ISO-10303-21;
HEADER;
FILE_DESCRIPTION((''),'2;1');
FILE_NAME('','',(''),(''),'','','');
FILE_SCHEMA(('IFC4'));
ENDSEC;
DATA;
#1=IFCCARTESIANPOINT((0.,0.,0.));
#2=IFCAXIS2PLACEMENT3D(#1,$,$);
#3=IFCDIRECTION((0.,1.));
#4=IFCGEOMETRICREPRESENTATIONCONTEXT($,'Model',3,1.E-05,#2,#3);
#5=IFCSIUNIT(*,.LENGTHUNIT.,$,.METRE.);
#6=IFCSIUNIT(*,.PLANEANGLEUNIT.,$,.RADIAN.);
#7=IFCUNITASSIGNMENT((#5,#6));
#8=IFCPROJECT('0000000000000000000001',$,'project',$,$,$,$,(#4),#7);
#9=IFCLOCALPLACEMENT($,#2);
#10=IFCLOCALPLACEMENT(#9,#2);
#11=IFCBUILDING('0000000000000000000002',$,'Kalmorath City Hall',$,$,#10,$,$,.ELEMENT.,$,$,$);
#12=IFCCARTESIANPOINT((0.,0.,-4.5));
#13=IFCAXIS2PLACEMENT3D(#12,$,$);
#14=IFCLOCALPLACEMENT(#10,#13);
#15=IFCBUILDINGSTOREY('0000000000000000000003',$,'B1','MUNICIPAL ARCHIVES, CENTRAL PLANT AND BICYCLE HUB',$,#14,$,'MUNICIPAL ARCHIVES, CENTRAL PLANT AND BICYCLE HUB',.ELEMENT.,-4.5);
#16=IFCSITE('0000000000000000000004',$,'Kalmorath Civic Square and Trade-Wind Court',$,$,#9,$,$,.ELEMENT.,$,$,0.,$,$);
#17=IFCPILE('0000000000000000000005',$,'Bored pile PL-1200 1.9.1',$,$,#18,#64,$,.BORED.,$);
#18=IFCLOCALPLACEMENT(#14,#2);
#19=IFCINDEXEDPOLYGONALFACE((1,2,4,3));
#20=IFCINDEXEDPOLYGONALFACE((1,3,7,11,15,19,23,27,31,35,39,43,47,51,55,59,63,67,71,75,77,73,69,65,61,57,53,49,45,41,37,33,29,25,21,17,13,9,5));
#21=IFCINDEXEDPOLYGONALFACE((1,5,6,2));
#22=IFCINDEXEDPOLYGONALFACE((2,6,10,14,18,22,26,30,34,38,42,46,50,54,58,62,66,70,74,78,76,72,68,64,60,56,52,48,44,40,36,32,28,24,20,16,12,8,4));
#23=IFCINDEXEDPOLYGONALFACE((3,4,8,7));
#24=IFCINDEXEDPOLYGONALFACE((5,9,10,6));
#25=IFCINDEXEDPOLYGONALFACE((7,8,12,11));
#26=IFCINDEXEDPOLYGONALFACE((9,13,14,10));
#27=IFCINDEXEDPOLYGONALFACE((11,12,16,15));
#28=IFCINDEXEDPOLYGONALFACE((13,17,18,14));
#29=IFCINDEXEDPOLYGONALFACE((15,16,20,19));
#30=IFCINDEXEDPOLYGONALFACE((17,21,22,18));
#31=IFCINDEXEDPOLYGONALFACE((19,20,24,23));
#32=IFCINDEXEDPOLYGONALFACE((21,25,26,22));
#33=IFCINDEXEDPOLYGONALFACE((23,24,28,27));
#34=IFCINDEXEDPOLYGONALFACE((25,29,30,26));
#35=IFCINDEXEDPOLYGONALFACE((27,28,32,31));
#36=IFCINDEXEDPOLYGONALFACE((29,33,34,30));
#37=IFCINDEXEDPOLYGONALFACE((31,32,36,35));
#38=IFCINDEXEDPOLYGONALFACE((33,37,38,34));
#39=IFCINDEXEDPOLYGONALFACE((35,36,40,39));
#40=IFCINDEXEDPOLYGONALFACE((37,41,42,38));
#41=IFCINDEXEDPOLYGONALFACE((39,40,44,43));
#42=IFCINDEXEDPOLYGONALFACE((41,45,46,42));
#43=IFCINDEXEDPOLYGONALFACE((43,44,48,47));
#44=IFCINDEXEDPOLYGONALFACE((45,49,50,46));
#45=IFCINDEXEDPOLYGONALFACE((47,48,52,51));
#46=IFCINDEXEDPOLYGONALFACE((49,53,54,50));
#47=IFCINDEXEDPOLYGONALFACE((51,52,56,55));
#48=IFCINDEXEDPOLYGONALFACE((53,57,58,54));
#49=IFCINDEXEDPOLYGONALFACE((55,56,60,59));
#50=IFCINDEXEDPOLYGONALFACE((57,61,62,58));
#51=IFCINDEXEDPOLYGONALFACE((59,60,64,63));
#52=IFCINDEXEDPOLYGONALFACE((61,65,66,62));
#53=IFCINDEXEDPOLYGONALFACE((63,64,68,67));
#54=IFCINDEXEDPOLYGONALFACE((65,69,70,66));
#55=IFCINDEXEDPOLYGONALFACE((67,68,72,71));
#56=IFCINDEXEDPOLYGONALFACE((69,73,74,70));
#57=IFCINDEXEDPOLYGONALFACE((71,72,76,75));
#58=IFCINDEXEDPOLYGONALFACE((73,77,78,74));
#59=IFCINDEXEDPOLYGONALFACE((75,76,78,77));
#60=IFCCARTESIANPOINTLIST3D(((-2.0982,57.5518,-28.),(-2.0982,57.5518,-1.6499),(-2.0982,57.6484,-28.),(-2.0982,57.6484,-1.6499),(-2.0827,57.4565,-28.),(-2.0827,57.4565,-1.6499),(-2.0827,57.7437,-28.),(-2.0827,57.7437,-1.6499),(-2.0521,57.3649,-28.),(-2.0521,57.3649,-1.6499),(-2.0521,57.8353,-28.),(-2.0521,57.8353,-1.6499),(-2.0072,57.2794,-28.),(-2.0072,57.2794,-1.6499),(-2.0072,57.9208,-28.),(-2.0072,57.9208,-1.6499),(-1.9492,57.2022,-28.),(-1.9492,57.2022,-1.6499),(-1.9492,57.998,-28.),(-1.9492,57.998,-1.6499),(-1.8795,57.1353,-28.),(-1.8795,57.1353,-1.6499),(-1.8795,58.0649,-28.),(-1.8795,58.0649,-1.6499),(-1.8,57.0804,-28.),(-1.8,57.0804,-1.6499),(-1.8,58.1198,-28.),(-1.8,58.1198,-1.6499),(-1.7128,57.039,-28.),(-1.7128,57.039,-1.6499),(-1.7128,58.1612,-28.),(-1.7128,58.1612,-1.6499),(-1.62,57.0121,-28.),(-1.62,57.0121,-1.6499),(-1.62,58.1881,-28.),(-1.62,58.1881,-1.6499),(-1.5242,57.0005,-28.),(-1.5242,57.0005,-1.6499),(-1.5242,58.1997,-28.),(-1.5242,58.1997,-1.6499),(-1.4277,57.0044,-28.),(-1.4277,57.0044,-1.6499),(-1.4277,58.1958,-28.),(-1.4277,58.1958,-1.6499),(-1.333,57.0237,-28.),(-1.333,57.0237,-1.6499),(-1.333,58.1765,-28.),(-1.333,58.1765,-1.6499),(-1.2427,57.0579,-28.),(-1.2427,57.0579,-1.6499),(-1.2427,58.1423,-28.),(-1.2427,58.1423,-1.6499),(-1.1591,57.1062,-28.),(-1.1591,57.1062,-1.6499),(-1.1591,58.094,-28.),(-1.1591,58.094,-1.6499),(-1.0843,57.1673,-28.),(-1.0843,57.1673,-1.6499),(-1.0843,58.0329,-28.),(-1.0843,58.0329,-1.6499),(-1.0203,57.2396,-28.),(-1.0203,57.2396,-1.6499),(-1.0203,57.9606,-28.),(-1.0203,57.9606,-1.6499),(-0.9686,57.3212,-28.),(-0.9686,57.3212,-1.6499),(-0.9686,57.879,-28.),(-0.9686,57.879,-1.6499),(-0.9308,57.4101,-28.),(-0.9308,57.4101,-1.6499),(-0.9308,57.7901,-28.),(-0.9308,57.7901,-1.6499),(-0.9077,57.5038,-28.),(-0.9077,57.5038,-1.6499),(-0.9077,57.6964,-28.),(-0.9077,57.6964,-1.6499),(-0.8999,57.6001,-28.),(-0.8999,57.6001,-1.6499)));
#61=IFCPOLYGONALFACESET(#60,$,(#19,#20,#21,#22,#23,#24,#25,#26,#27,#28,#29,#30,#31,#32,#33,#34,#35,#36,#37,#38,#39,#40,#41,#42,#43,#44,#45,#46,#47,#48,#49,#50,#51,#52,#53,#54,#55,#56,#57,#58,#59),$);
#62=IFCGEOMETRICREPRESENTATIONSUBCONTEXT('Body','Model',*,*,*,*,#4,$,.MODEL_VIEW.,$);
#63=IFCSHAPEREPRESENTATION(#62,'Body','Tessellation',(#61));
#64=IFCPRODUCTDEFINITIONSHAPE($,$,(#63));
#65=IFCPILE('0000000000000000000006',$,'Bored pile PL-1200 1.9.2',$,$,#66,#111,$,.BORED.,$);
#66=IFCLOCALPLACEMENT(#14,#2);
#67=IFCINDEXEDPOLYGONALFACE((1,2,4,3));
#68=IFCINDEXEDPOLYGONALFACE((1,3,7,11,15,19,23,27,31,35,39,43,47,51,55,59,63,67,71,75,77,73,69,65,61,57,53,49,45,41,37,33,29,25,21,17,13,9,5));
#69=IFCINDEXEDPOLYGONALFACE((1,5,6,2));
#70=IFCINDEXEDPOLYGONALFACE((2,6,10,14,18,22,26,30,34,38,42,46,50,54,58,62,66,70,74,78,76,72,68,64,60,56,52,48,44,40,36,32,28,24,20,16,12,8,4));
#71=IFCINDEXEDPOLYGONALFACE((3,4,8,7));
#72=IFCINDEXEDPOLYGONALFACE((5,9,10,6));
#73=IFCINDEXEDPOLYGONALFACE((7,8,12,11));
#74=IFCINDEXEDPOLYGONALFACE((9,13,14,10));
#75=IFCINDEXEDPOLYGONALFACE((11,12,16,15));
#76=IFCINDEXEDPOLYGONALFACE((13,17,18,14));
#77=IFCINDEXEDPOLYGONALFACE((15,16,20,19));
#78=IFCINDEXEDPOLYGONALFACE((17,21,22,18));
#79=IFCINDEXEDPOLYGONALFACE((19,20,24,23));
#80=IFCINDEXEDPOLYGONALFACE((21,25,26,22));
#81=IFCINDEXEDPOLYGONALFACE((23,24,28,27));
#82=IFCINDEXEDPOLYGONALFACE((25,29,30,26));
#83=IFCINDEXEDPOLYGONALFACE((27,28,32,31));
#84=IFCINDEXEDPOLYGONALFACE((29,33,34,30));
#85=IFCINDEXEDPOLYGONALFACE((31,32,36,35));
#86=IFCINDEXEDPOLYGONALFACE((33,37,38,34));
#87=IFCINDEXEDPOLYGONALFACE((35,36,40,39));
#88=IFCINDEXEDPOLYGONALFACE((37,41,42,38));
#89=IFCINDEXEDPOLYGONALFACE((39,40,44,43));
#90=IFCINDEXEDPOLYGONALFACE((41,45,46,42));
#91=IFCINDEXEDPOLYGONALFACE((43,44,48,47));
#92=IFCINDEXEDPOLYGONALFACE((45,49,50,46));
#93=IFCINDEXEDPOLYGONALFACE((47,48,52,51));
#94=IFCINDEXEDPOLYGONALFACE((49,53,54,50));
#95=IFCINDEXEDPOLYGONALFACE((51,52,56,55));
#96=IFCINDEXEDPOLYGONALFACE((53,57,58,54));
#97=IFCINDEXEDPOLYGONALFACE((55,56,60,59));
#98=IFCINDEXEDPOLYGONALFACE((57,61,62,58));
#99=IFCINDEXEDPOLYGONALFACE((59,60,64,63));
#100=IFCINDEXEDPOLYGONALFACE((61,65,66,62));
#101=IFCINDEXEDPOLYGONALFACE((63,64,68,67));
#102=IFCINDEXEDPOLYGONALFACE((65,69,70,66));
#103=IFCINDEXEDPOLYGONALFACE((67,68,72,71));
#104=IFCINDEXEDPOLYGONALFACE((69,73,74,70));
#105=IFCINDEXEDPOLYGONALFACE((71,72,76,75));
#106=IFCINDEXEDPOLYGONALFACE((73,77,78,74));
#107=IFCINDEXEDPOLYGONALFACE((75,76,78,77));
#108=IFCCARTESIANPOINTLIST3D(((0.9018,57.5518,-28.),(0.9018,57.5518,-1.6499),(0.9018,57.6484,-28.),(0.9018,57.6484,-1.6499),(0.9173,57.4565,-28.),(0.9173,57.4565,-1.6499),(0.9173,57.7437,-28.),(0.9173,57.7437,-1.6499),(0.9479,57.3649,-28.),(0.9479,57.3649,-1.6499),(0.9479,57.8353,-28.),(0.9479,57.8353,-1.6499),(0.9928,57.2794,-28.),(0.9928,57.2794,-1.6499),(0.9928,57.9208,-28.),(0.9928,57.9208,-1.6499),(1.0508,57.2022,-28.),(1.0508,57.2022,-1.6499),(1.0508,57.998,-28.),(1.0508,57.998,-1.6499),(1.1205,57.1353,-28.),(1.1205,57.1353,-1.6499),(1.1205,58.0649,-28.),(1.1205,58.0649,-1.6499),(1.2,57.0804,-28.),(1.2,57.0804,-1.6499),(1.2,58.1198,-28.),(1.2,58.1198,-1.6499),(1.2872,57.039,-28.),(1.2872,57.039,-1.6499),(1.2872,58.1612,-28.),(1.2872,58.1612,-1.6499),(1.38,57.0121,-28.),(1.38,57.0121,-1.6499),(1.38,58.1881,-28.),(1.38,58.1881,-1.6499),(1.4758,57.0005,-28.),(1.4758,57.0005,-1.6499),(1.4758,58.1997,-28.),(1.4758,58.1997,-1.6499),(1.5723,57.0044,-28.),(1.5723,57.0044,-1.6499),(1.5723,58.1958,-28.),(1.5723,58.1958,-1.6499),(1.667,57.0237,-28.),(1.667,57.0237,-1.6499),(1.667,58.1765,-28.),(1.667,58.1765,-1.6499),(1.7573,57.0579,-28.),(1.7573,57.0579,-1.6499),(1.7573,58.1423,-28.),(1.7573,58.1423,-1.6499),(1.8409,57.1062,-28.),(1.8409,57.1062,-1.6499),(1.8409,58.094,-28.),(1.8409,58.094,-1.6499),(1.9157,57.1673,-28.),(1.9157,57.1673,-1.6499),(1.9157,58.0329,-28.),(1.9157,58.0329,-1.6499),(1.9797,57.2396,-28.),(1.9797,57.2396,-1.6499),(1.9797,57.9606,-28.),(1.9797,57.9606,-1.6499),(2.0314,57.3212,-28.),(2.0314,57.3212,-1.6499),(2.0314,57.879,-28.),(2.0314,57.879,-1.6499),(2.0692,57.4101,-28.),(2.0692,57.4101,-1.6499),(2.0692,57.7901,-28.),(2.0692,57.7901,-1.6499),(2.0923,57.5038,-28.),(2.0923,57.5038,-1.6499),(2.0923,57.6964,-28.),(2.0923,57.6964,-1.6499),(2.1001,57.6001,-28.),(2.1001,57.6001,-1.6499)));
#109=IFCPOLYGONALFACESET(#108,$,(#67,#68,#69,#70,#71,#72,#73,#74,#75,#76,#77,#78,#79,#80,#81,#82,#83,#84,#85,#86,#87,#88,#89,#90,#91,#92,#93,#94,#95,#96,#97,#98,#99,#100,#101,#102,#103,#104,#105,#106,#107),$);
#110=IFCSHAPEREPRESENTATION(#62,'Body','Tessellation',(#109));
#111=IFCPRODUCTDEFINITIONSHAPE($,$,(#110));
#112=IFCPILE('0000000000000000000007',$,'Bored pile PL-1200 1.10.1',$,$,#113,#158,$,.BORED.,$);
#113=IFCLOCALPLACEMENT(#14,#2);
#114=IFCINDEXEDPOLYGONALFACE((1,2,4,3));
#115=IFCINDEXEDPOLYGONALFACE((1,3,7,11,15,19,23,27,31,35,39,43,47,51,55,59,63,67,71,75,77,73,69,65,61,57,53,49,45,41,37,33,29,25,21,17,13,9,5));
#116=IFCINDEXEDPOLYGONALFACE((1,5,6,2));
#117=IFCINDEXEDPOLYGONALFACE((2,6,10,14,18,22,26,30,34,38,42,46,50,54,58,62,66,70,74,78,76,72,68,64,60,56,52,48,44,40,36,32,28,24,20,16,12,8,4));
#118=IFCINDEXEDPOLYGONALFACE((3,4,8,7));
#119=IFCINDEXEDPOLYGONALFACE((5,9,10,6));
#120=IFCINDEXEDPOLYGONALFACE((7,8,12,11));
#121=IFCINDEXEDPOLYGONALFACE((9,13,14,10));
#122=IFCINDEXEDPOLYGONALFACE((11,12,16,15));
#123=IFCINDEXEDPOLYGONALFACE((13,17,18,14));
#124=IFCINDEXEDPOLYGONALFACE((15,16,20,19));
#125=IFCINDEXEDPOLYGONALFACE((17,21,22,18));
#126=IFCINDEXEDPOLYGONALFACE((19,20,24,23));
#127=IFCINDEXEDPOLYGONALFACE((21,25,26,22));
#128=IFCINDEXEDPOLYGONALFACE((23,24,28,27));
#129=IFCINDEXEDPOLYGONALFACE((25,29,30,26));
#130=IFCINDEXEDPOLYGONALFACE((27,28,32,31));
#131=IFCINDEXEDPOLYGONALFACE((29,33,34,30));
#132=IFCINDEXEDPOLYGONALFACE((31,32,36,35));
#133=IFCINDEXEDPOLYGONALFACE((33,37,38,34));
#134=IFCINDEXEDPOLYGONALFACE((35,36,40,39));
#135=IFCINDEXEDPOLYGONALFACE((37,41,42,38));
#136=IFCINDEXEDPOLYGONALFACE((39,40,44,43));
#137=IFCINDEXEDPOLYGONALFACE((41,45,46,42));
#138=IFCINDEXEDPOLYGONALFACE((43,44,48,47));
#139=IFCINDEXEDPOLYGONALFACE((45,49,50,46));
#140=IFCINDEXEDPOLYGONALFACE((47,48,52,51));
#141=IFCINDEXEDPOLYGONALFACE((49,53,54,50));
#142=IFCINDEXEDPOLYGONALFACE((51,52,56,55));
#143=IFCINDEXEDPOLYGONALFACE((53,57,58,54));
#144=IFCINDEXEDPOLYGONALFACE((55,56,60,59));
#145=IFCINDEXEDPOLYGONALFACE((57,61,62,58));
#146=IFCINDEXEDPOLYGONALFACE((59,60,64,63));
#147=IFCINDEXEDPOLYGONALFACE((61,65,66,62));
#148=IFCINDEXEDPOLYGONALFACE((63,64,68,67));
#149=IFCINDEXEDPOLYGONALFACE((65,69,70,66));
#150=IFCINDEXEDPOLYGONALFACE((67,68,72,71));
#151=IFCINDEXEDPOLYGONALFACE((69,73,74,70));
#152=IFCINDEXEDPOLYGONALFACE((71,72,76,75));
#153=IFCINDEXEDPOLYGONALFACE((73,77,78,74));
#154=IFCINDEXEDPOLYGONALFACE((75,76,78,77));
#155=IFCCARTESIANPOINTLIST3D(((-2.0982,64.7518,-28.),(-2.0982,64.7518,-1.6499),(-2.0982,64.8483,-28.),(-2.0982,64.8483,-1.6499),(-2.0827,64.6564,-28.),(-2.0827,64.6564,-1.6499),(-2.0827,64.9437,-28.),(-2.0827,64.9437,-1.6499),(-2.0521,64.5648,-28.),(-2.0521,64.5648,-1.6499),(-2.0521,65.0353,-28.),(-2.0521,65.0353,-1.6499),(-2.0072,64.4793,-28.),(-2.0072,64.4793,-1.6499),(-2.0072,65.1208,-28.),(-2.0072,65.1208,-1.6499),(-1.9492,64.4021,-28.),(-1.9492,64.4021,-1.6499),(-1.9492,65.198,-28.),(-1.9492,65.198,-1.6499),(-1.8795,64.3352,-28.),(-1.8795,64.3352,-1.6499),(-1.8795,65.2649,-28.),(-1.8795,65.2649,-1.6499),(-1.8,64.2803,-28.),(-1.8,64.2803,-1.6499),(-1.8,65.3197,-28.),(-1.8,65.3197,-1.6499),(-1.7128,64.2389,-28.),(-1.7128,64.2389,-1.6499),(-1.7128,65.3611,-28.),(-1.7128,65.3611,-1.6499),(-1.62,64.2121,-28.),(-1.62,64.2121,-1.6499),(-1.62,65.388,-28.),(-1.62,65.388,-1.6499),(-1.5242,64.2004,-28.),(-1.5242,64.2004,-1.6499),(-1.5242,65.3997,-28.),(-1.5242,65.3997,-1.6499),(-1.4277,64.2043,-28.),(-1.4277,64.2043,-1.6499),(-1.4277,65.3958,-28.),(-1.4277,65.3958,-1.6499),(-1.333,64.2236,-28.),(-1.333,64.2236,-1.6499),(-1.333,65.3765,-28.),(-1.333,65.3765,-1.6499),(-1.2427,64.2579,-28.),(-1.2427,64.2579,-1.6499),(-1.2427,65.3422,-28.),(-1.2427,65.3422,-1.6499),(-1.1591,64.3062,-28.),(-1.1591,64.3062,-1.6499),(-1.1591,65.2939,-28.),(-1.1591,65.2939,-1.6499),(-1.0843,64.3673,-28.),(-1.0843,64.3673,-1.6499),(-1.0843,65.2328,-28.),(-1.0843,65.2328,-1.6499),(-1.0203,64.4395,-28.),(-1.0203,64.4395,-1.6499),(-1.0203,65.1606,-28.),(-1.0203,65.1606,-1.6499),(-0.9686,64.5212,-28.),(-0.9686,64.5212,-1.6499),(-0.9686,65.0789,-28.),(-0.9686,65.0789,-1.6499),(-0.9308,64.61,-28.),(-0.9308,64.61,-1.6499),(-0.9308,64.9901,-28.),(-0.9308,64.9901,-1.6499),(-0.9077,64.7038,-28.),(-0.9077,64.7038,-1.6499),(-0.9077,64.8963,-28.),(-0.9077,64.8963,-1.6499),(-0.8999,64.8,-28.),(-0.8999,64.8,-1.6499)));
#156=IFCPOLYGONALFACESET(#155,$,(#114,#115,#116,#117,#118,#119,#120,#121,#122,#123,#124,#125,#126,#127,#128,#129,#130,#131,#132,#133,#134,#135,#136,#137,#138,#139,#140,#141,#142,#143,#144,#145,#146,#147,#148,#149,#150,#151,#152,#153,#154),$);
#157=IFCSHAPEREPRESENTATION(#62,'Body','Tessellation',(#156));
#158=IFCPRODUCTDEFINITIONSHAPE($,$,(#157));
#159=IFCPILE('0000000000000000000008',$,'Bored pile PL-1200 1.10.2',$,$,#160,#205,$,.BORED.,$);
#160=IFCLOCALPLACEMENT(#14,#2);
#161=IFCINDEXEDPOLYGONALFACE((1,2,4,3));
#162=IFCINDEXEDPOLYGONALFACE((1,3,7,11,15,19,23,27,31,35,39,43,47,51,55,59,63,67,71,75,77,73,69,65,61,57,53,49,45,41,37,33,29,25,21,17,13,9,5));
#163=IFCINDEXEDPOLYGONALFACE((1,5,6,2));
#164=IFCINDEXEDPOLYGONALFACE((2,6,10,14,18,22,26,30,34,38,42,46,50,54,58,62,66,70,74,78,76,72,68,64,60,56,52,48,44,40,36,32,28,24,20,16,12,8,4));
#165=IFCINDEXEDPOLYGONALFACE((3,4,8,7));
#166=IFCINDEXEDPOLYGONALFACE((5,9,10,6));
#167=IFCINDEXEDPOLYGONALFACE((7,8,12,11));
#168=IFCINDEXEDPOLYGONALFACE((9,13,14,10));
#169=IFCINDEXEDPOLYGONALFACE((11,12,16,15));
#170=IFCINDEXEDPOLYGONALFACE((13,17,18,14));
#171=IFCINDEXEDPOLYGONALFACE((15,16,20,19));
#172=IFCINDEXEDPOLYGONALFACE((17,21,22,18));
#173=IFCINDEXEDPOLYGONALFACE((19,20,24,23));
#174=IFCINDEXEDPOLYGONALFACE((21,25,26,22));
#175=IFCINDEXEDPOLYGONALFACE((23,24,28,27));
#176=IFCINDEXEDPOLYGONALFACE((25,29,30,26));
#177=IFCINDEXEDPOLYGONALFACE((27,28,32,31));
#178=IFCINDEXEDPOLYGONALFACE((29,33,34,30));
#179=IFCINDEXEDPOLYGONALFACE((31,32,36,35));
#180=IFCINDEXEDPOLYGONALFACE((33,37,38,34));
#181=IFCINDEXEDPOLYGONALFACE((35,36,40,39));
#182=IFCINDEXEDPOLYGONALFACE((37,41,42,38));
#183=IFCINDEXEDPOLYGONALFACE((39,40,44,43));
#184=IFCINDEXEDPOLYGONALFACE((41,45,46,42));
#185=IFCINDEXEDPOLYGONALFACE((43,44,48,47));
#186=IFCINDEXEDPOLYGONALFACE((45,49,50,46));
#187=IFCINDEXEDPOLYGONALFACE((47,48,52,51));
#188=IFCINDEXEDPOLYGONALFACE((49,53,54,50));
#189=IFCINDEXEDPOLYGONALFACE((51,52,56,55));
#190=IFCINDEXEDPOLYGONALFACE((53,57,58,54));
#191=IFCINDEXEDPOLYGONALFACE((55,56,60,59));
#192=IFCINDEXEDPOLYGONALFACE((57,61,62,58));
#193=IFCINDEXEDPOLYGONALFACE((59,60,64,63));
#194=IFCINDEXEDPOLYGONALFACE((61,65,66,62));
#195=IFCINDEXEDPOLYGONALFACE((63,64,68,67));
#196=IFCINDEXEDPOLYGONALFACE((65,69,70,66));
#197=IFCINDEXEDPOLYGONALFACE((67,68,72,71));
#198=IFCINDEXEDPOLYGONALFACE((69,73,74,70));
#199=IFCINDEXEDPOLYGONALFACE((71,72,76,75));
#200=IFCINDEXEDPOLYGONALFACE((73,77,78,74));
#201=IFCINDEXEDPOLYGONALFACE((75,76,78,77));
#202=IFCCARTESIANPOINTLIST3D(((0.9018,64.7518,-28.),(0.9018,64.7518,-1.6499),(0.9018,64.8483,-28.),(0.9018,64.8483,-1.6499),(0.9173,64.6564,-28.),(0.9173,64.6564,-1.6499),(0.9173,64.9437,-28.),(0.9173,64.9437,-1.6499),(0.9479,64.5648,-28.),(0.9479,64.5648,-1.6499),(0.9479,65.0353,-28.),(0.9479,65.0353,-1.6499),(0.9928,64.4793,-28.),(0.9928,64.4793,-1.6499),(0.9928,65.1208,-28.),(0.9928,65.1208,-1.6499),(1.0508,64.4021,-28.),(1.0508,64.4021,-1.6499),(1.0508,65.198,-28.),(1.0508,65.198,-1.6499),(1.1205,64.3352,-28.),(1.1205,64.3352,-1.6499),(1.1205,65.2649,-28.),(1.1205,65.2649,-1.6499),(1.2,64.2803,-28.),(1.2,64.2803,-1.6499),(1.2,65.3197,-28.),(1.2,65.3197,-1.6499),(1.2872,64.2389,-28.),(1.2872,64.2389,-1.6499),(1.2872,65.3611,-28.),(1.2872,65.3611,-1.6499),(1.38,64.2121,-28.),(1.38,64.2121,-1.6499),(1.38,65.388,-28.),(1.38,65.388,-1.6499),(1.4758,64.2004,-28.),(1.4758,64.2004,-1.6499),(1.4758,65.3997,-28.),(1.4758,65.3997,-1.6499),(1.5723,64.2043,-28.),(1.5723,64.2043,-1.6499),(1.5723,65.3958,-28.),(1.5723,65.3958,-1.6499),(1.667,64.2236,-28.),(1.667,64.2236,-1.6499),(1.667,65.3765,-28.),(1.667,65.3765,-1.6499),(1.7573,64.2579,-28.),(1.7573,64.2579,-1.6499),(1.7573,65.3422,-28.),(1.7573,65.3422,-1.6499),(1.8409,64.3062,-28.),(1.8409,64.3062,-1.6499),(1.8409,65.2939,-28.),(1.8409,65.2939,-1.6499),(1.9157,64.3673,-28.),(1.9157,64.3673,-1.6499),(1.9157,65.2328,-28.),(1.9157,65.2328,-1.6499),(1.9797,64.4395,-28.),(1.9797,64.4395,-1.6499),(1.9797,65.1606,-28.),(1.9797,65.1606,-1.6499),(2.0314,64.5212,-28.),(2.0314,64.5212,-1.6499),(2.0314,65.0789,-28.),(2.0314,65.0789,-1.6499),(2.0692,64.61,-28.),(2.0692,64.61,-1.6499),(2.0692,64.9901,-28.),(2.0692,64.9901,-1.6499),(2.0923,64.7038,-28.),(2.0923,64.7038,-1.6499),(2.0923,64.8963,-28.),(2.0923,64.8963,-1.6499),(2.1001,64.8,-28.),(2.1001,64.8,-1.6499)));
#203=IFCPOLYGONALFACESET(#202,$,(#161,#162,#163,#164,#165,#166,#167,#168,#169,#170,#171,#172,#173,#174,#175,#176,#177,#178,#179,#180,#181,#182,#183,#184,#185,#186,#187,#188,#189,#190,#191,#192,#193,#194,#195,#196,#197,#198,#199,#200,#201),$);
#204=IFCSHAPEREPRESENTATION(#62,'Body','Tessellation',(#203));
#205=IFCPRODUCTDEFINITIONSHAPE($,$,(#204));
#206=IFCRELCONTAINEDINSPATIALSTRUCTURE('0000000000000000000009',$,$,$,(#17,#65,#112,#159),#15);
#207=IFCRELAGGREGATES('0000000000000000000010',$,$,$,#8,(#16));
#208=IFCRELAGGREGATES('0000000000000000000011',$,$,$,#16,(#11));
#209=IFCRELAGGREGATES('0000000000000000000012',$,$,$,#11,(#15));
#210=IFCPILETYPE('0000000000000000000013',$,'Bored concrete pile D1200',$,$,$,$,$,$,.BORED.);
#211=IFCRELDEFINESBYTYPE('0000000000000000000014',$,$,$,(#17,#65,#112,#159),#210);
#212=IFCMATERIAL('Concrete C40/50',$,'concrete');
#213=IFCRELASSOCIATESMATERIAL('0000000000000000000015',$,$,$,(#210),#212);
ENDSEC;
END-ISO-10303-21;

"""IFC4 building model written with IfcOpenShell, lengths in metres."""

from ifc_helpers import new_model, si_unit, direction, frame, origin, origin_2d, place, context, subcontext, project, spatial, circle, extrude, material, material_profile, profile_set, type_object, element, save


model = new_model("IFC4")

# Units and contexts
model_context = context("Model", 3, precision=1e-05, world=origin(), true_north=direction((0.0, 1.0)))
body_context = subcontext(model_context, "Body", "Model", "MODEL_VIEW")
ifc_project = project(units=[si_unit("LENGTHUNIT", "METRE"), si_unit("PLANEANGLEUNIT", "RADIAN")], contexts=[model_context])

# Site, building, storey
site_placement = place(None, origin())
site = spatial("IfcSite", under=ifc_project, at=site_placement, Name="Kalmorath Civic Square and Trade-Wind Court", CompositionType="ELEMENT", RefElevation=0.0)
building_placement = place(site_placement, origin())
building = spatial("IfcBuilding", under=site, at=building_placement, Name="Kalmorath City Hall", CompositionType="ELEMENT")
storey_placement = place(building_placement, frame((0.0, 0.0, -4.5)))
storey = spatial("IfcBuildingStorey", under=building, at=storey_placement, Name="B1", Description="MUNICIPAL ARCHIVES, CENTRAL PLANT AND BICYCLE HUB", LongName="MUNICIPAL ARCHIVES, CENTRAL PLANT AND BICYCLE HUB", CompositionType="ELEMENT", Elevation=-4.5)

# Piles
ifc_material_1 = material(Name="Concrete C40/50", Category="concrete")
ifc_material_profile_1 = material_profile(ifc_material_1, circle(Radius=0.6001, at=origin_2d()), Name="PILE-D1200")
ifc_profile_set_1 = profile_set([ifc_material_profile_1], Name="Concrete C40/50")
pile_type_1 = type_object("IfcPileType", Name="Bored concrete pile D1200", PredefinedType="BORED", material=ifc_profile_set_1)
for number, where, z_axis, x_axis, name in (
    (1, (-1.5, 57.6001, -1.6499), (0.0, 0.0, -1.0), (1.0, 0.0, 0.0), "Bored pile PL-1200 1.9.1"),
    (2, (1.5, 57.6001, -1.6499), (0.0, 0.0, -1.0), (1.0, 0.0, 0.0), "Bored pile PL-1200 1.9.2"),
    (3, (-1.5, 64.8, -1.6499), (0.0, 0.0, -1.0), (1.0, 0.0, 0.0), "Bored pile PL-1200 1.10.1"),
    (4, (1.5, 64.8, -1.6499), (0.0, 0.0, -1.0), (1.0, 0.0, 0.0), "Bored pile PL-1200 1.10.2"),
):
    element("IfcPile", number, at=place(storey_placement, frame(where, z_axis=z_axis, x_axis=x_axis)), inside=storey, type_object=pile_type_1, Name=name, PredefinedType="BORED", context=body_context, shape_type="SweptSolid", body=[
        extrude(circle(Radius=0.6001, at=origin_2d()), origin(), (0.0, 0.0, 1.0), 26.3501),
    ])

save(model, "model.ifc")
